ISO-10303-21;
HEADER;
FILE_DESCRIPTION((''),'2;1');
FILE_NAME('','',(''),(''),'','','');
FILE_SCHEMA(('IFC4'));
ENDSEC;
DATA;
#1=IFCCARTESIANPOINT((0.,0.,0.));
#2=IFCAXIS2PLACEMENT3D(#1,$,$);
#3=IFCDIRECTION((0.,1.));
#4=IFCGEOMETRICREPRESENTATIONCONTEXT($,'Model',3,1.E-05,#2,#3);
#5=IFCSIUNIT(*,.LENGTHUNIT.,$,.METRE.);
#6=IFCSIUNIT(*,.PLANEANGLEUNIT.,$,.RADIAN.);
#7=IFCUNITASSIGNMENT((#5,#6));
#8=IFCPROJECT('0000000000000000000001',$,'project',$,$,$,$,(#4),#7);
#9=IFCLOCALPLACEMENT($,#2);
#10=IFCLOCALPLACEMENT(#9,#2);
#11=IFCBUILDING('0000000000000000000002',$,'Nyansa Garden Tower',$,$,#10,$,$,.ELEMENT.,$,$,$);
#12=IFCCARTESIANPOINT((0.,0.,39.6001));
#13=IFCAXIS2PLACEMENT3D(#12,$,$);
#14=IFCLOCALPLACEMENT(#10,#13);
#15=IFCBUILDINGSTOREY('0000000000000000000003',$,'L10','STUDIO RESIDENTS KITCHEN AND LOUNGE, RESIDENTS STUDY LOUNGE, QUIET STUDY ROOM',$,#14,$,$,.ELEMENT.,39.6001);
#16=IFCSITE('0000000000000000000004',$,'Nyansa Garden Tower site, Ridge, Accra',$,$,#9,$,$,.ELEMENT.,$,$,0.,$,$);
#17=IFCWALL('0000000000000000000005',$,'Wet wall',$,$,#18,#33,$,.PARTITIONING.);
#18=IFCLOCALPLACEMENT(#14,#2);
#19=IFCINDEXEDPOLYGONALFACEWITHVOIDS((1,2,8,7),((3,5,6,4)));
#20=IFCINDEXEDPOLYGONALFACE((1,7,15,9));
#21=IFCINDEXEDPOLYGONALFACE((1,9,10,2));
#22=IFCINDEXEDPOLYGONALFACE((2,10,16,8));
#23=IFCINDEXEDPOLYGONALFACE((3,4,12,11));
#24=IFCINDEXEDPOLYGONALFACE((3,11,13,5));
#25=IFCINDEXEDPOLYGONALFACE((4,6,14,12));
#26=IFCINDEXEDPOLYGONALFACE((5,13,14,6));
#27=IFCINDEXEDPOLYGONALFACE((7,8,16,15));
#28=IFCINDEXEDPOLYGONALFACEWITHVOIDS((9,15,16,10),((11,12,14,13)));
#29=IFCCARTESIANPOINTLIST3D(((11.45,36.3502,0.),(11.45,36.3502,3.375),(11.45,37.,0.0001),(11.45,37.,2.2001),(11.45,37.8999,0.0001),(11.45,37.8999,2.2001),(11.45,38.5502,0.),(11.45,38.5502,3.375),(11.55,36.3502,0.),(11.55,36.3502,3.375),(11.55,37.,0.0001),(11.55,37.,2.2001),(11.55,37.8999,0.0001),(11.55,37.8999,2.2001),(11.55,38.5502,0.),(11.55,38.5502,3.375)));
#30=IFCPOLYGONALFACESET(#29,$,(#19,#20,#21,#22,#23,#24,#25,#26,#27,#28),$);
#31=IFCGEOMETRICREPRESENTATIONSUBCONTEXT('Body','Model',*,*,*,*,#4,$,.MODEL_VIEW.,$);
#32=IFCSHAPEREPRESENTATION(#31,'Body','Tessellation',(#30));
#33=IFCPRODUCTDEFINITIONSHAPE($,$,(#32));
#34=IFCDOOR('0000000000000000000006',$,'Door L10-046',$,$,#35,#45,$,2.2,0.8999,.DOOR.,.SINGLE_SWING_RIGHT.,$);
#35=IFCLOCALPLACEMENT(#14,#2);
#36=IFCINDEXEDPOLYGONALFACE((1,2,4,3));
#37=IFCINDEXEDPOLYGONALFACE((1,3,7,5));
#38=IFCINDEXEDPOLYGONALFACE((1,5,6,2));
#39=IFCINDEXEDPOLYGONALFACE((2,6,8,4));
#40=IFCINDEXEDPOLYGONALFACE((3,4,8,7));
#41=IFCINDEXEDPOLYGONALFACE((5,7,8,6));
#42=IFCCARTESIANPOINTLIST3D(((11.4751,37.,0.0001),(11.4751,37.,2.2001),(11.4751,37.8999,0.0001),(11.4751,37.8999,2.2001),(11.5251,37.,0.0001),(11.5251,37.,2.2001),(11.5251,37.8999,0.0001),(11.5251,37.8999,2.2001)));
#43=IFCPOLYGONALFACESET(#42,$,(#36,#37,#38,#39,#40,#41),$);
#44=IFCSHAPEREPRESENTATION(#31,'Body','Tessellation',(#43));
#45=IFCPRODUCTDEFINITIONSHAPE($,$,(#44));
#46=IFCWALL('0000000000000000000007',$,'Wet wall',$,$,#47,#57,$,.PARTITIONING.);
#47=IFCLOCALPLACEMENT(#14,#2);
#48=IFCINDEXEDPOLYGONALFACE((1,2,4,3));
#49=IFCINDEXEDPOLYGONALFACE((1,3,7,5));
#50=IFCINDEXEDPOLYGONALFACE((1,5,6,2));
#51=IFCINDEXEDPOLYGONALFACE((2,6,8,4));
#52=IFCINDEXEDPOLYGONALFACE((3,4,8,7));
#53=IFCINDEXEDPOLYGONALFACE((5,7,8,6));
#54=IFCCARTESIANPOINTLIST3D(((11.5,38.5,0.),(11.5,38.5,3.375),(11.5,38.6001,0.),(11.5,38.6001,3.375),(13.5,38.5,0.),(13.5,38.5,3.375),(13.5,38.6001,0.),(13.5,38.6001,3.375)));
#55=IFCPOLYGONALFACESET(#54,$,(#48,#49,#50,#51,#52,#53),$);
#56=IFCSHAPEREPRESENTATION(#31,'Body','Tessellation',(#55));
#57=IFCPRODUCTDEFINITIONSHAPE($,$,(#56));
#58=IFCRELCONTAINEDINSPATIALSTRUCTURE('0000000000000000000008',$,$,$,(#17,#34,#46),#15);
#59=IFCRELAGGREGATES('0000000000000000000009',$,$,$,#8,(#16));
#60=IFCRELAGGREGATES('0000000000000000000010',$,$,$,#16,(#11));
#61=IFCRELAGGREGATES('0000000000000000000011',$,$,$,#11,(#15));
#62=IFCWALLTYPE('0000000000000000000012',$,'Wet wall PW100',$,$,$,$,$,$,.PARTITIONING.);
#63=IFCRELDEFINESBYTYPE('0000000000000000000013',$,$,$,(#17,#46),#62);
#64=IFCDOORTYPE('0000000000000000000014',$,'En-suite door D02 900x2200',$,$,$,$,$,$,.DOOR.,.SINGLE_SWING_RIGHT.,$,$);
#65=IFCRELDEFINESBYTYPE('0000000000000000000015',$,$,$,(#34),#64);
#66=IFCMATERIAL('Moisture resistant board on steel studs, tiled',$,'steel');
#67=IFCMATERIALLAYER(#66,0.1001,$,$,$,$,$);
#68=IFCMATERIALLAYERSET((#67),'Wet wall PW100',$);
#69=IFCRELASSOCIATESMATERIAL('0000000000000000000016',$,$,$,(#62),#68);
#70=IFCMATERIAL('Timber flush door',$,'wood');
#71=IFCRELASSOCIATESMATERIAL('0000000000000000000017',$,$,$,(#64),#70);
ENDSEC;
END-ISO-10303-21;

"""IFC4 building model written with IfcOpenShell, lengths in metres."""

from ifc_helpers import new_model, si_unit, direction, frame, frame_2d, origin, place, context, subcontext, project, spatial, rectangle, extrude, material, layer, layer_set, type_object, element, fill, save


model = new_model("IFC4")

# Units and contexts
model_context = context("Model", 3, precision=1e-05, world=origin(), true_north=direction((0.0, 1.0)))
body_context = subcontext(model_context, "Body", "Model", "MODEL_VIEW")
ifc_project = project(units=[si_unit("LENGTHUNIT", "METRE"), si_unit("PLANEANGLEUNIT", "RADIAN")], contexts=[model_context])

# Site, building, storey
site_placement = place(None, origin())
site = spatial("IfcSite", under=ifc_project, at=site_placement, Name="Nyansa Garden Tower site, Ridge, Accra", CompositionType="ELEMENT", RefElevation=0.0)
building_placement = place(site_placement, origin())
building = spatial("IfcBuilding", under=site, at=building_placement, Name="Nyansa Garden Tower", CompositionType="ELEMENT")
storey_placement = place(building_placement, frame((0.0, 0.0, 39.6001)))
storey = spatial("IfcBuildingStorey", under=building, at=storey_placement, Name="L10", Description="STUDIO RESIDENTS KITCHEN AND LOUNGE, RESIDENTS STUDY LOUNGE, QUIET STUDY ROOM", CompositionType="ELEMENT", Elevation=39.6001)

# Shared definitions
ifc_material_1 = material(Name="Moisture resistant board on steel studs, tiled", Category="steel")
ifc_layer_1 = layer(ifc_material_1, 0.1001)
ifc_layer_set_1 = layer_set([ifc_layer_1], Name="Wet wall PW100")
wall_type_1 = type_object("IfcWallType", Name="Wet wall PW100", PredefinedType="PARTITIONING", material=ifc_layer_set_1)

# Wall, opening, door
wall_1_placement = place(storey_placement, frame((11.5, 36.3501, 0.0), z_axis=(0.0, 0.0, 1.0), x_axis=(0.0, 1.0, 0.0)))
wall_1 = element("IfcWall", 1, at=wall_1_placement, inside=storey, type_object=wall_type_1, Name="Wet wall", PredefinedType="PARTITIONING", context=body_context, shape_type="SweptSolid", body=[
    extrude(rectangle(XDim=2.2, YDim=0.1001, at=frame_2d((1.1001, 0.0))), origin(), (0.0, 0.0, 1.0), 3.375),
])
opening_1_placement = place(wall_1_placement, frame((0.6499, 0.0, 0.0)))
opening_1 = element("IfcOpeningElement", 2, at=opening_1_placement, cuts=wall_1, PredefinedType="OPENING", context=body_context, shape_type="SweptSolid", body=[
    extrude(rectangle(XDim=0.8999, YDim=2.2, at=frame_2d((0.45, 1.1001))), frame((0.0, 0.0601, 0.0), z_axis=(0.0, -1.0, 0.0), x_axis=(1.0, 0.0, 0.0)), (0.0, 0.0, 1.0), 0.1201),
])
ifc_material_2 = material(Name="Timber flush door", Category="wood")
door_type_1 = type_object("IfcDoorType", Name="En-suite door D02 900x2200", OperationType="SINGLE_SWING_RIGHT", PredefinedType="DOOR", material=ifc_material_2)
door_1_placement = place(opening_1_placement, origin())
door_1 = element("IfcDoor", 3, at=door_1_placement, inside=storey, type_object=door_type_1, Name="Door L10-046", OperationType="SINGLE_SWING_RIGHT", OverallHeight=2.2, OverallWidth=0.8999, PredefinedType="DOOR", context=body_context, shape_type="SweptSolid", body=[
    extrude(rectangle(XDim=0.8999, YDim=2.2, at=frame_2d((0.45, 1.1001))), frame((0.0, 0.0249, 0.0), z_axis=(0.0, -1.0, 0.0), x_axis=(1.0, 0.0, 0.0)), (0.0, 0.0, 1.0), 0.05),
])
fill(opening_1, door_1)

# Wall
wall_2_placement = place(storey_placement, frame((11.5, 38.55, 0.0), z_axis=(0.0, 0.0, 1.0), x_axis=(1.0, 0.0, 0.0)))
element("IfcWall", 4, at=wall_2_placement, inside=storey, type_object=wall_type_1, Name="Wet wall", PredefinedType="PARTITIONING", context=body_context, shape_type="SweptSolid", body=[
    extrude(rectangle(XDim=2.0, YDim=0.1001, at=frame_2d((1.0, 0.0))), origin(), (0.0, 0.0, 1.0), 3.375),
])

save(model, "model.ifc")
